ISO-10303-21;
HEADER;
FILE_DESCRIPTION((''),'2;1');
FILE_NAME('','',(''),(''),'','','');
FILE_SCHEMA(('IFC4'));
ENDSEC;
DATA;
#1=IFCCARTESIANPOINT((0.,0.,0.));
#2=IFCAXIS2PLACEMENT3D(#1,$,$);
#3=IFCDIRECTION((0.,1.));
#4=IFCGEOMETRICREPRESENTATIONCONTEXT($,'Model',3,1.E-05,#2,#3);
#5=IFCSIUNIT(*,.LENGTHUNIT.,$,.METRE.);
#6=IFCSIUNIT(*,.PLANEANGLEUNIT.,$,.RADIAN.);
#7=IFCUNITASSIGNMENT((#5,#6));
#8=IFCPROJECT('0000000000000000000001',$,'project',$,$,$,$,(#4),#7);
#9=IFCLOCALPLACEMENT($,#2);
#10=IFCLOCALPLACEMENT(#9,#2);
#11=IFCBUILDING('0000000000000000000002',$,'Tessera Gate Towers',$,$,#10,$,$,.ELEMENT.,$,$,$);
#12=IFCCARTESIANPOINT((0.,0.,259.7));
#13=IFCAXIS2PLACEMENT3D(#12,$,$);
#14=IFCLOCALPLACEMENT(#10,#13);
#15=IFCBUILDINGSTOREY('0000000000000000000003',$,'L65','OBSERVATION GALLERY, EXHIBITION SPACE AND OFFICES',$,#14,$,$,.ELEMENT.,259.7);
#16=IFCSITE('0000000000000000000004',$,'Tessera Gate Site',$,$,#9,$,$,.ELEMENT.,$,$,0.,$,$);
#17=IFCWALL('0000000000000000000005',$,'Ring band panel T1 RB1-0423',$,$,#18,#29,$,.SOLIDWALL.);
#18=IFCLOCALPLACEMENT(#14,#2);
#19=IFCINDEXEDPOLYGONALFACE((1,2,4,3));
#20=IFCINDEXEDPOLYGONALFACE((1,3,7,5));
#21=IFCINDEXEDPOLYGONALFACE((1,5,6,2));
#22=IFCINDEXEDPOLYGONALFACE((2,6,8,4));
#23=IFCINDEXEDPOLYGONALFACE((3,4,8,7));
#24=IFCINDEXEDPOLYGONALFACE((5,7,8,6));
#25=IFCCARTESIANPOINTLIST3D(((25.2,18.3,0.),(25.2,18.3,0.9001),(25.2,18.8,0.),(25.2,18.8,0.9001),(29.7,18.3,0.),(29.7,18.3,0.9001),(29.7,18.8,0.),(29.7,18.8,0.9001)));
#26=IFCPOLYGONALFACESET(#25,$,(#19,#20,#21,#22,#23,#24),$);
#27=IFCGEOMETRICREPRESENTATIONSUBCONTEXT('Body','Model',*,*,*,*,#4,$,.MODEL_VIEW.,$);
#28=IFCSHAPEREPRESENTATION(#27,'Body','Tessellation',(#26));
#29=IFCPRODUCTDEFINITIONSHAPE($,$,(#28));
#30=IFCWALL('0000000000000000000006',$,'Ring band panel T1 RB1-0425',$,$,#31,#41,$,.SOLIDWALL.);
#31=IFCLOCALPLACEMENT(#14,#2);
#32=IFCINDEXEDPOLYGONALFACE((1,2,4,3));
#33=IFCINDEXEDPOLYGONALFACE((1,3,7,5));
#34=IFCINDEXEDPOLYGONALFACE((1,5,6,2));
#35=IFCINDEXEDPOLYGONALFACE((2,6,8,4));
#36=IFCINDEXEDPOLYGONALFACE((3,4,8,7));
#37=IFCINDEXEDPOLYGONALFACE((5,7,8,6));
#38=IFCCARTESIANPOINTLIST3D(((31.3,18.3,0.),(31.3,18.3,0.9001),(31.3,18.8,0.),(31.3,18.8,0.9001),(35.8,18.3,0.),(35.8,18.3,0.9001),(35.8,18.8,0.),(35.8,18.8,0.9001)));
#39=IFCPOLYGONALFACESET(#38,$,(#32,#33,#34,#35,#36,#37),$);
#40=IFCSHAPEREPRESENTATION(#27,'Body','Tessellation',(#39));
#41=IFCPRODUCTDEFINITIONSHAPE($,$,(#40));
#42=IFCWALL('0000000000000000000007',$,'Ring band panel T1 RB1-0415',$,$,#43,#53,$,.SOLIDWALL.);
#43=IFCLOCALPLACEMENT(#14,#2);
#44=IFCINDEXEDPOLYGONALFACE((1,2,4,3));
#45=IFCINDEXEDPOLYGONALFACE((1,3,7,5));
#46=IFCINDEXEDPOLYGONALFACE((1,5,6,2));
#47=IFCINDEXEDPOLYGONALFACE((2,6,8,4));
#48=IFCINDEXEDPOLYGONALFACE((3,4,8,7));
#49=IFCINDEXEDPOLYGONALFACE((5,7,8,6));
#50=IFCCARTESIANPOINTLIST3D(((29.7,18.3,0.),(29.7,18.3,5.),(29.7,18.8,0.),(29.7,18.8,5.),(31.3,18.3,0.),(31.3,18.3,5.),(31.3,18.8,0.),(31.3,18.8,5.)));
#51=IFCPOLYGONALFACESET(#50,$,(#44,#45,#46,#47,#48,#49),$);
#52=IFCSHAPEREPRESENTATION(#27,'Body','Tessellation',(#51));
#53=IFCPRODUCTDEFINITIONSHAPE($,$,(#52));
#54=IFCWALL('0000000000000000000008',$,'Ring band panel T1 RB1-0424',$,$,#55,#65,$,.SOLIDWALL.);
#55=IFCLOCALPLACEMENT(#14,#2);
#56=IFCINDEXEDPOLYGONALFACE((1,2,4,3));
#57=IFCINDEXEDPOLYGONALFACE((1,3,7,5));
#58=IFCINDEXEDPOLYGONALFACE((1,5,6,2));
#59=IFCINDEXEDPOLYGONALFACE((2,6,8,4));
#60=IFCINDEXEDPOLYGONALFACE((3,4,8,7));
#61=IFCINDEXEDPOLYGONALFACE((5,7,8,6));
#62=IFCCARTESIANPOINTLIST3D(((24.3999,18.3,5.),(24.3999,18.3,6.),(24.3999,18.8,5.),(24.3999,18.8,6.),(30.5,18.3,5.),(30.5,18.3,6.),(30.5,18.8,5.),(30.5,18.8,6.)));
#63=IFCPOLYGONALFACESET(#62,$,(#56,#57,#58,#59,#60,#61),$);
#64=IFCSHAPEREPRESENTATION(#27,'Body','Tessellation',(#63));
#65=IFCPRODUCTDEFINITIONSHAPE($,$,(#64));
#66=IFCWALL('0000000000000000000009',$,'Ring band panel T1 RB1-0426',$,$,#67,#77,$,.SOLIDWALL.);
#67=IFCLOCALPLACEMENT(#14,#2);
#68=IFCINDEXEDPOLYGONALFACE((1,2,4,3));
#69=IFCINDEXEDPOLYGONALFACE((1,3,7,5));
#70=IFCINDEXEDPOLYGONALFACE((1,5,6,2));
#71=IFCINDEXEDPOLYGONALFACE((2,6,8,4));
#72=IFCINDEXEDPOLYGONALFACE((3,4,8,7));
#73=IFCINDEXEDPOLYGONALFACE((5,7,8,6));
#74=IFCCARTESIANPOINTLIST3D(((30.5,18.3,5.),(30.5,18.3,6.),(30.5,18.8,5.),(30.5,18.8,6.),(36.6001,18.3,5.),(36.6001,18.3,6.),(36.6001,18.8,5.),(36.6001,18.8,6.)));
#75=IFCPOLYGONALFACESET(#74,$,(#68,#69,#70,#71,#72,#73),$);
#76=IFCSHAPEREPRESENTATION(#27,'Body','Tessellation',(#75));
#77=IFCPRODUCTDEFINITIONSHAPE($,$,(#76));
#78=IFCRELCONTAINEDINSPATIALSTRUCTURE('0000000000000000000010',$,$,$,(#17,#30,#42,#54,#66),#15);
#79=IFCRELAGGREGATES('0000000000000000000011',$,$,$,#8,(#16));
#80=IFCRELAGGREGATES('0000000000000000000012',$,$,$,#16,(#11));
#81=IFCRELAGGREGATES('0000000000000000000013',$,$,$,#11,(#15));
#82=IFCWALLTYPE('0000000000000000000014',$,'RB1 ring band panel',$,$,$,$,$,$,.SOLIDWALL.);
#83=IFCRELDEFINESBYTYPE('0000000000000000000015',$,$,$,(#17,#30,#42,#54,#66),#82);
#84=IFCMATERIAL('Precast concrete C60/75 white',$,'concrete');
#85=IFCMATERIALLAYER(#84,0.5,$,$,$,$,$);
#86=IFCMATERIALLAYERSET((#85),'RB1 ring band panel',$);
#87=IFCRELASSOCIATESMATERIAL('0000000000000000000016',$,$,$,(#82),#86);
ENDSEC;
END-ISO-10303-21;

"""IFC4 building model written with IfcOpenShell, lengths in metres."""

from ifc_helpers import new_model, si_unit, direction, frame, origin, place, context, subcontext, project, spatial, polyline, outline, extrude, source, transform, mapped, material, layer, layer_set, type_object, element, save


model = new_model("IFC4")

# Units and contexts
model_context = context("Model", 3, precision=1e-05, world=origin(), true_north=direction((0.0, 1.0)))
body_context = subcontext(model_context, "Body", "Model", "MODEL_VIEW")
ifc_project = project(units=[si_unit("LENGTHUNIT", "METRE"), si_unit("PLANEANGLEUNIT", "RADIAN")], contexts=[model_context])

# Site, building, storey
site_placement = place(None, origin())
site = spatial("IfcSite", under=ifc_project, at=site_placement, Name="Tessera Gate Site", CompositionType="ELEMENT", RefElevation=0.0)
building_placement = place(site_placement, origin())
building = spatial("IfcBuilding", under=site, at=building_placement, Name="Tessera Gate Towers", CompositionType="ELEMENT")
storey_placement = place(building_placement, frame((0.0, 0.0, 259.7)))
storey = spatial("IfcBuildingStorey", under=building, at=storey_placement, Name="L65", Description="OBSERVATION GALLERY, EXHIBITION SPACE AND OFFICES", CompositionType="ELEMENT", Elevation=259.7)

# Walls
ifc_material_1 = material(Name="Precast concrete C60/75 white", Category="concrete")
ifc_layer_1 = layer(ifc_material_1, 0.5)
ifc_layer_set_1 = layer_set([ifc_layer_1], Name="RB1 ring band panel")
wall_type_1 = type_object("IfcWallType", Name="RB1 ring band panel", PredefinedType="SOLIDWALL", material=ifc_layer_set_1)
shared_shape_1 = source(origin(), body_context, "Body", "SweptSolid", [
    extrude(outline(polyline([(0.0, 0.0), (4.5, 0.0), (4.5, 0.9001), (0.0, 0.9001), (0.0, 0.0)])), frame((0.0, 0.25, 0.0), z_axis=(0.0, -1.0, 0.0), x_axis=(1.0, 0.0, 0.0)), (0.0, 0.0, 1.0), 0.5),
])
for number, where, z_axis, x_axis, name in (
    (1, (25.2, 18.55, 0.0), (0.0, 0.0, 1.0), (1.0, 0.0, 0.0), "Ring band panel T1 RB1-0423"),
    (2, (31.3, 18.55, 0.0), (0.0, 0.0, 1.0), (1.0, 0.0, 0.0), "Ring band panel T1 RB1-0425"),
):
    element("IfcWall", number, at=place(storey_placement, frame(where, z_axis=z_axis, x_axis=x_axis)), inside=storey, type_object=wall_type_1, Name=name, PredefinedType="SOLIDWALL", context=body_context, shape_type="MappedRepresentation", body=[
        mapped(shared_shape_1, transform((0.0, 0.0, 0.0), scale=1.0)),
    ])
shared_shape_2 = source(origin(), body_context, "Body", "SweptSolid", [
    extrude(outline(polyline([(0.0, 0.0), (1.6001, 0.0), (1.6001, 5.0), (0.0, 5.0), (0.0, 0.0)])), frame((0.0, 0.25, 0.0), z_axis=(0.0, -1.0, 0.0), x_axis=(1.0, 0.0, 0.0)), (0.0, 0.0, 1.0), 0.5),
])
wall_1_placement = place(storey_placement, frame((29.7, 18.55, 0.0), z_axis=(0.0, 0.0, 1.0), x_axis=(1.0, 0.0, 0.0)))
element("IfcWall", 3, at=wall_1_placement, inside=storey, type_object=wall_type_1, Name="Ring band panel T1 RB1-0415", PredefinedType="SOLIDWALL", context=body_context, shape_type="MappedRepresentation", body=[
    mapped(shared_shape_2, transform((0.0, 0.0, 0.0), scale=1.0)),
])
shared_shape_3 = source(origin(), body_context, "Body", "SweptSolid", [
    extrude(outline(polyline([(0.0, 0.0), (6.1001, 0.0), (6.1001, 1.0), (0.0, 1.0), (0.0, 0.0)])), frame((0.0, 0.25, 0.0), z_axis=(0.0, -1.0, 0.0), x_axis=(1.0, 0.0, 0.0)), (0.0, 0.0, 1.0), 0.5),
])
for number, where, z_axis, x_axis, name in (
    (4, (24.3999, 18.55, 5.0), (0.0, 0.0, 1.0), (1.0, 0.0, 0.0), "Ring band panel T1 RB1-0424"),
    (5, (30.5, 18.55, 5.0), (0.0, 0.0, 1.0), (1.0, 0.0, 0.0), "Ring band panel T1 RB1-0426"),
):
    element("IfcWall", number, at=place(storey_placement, frame(where, z_axis=z_axis, x_axis=x_axis)), inside=storey, type_object=wall_type_1, Name=name, PredefinedType="SOLIDWALL", context=body_context, shape_type="MappedRepresentation", body=[
        mapped(shared_shape_3, transform((0.0, 0.0, 0.0), scale=1.0)),
    ])

save(model, "model.ifc")
